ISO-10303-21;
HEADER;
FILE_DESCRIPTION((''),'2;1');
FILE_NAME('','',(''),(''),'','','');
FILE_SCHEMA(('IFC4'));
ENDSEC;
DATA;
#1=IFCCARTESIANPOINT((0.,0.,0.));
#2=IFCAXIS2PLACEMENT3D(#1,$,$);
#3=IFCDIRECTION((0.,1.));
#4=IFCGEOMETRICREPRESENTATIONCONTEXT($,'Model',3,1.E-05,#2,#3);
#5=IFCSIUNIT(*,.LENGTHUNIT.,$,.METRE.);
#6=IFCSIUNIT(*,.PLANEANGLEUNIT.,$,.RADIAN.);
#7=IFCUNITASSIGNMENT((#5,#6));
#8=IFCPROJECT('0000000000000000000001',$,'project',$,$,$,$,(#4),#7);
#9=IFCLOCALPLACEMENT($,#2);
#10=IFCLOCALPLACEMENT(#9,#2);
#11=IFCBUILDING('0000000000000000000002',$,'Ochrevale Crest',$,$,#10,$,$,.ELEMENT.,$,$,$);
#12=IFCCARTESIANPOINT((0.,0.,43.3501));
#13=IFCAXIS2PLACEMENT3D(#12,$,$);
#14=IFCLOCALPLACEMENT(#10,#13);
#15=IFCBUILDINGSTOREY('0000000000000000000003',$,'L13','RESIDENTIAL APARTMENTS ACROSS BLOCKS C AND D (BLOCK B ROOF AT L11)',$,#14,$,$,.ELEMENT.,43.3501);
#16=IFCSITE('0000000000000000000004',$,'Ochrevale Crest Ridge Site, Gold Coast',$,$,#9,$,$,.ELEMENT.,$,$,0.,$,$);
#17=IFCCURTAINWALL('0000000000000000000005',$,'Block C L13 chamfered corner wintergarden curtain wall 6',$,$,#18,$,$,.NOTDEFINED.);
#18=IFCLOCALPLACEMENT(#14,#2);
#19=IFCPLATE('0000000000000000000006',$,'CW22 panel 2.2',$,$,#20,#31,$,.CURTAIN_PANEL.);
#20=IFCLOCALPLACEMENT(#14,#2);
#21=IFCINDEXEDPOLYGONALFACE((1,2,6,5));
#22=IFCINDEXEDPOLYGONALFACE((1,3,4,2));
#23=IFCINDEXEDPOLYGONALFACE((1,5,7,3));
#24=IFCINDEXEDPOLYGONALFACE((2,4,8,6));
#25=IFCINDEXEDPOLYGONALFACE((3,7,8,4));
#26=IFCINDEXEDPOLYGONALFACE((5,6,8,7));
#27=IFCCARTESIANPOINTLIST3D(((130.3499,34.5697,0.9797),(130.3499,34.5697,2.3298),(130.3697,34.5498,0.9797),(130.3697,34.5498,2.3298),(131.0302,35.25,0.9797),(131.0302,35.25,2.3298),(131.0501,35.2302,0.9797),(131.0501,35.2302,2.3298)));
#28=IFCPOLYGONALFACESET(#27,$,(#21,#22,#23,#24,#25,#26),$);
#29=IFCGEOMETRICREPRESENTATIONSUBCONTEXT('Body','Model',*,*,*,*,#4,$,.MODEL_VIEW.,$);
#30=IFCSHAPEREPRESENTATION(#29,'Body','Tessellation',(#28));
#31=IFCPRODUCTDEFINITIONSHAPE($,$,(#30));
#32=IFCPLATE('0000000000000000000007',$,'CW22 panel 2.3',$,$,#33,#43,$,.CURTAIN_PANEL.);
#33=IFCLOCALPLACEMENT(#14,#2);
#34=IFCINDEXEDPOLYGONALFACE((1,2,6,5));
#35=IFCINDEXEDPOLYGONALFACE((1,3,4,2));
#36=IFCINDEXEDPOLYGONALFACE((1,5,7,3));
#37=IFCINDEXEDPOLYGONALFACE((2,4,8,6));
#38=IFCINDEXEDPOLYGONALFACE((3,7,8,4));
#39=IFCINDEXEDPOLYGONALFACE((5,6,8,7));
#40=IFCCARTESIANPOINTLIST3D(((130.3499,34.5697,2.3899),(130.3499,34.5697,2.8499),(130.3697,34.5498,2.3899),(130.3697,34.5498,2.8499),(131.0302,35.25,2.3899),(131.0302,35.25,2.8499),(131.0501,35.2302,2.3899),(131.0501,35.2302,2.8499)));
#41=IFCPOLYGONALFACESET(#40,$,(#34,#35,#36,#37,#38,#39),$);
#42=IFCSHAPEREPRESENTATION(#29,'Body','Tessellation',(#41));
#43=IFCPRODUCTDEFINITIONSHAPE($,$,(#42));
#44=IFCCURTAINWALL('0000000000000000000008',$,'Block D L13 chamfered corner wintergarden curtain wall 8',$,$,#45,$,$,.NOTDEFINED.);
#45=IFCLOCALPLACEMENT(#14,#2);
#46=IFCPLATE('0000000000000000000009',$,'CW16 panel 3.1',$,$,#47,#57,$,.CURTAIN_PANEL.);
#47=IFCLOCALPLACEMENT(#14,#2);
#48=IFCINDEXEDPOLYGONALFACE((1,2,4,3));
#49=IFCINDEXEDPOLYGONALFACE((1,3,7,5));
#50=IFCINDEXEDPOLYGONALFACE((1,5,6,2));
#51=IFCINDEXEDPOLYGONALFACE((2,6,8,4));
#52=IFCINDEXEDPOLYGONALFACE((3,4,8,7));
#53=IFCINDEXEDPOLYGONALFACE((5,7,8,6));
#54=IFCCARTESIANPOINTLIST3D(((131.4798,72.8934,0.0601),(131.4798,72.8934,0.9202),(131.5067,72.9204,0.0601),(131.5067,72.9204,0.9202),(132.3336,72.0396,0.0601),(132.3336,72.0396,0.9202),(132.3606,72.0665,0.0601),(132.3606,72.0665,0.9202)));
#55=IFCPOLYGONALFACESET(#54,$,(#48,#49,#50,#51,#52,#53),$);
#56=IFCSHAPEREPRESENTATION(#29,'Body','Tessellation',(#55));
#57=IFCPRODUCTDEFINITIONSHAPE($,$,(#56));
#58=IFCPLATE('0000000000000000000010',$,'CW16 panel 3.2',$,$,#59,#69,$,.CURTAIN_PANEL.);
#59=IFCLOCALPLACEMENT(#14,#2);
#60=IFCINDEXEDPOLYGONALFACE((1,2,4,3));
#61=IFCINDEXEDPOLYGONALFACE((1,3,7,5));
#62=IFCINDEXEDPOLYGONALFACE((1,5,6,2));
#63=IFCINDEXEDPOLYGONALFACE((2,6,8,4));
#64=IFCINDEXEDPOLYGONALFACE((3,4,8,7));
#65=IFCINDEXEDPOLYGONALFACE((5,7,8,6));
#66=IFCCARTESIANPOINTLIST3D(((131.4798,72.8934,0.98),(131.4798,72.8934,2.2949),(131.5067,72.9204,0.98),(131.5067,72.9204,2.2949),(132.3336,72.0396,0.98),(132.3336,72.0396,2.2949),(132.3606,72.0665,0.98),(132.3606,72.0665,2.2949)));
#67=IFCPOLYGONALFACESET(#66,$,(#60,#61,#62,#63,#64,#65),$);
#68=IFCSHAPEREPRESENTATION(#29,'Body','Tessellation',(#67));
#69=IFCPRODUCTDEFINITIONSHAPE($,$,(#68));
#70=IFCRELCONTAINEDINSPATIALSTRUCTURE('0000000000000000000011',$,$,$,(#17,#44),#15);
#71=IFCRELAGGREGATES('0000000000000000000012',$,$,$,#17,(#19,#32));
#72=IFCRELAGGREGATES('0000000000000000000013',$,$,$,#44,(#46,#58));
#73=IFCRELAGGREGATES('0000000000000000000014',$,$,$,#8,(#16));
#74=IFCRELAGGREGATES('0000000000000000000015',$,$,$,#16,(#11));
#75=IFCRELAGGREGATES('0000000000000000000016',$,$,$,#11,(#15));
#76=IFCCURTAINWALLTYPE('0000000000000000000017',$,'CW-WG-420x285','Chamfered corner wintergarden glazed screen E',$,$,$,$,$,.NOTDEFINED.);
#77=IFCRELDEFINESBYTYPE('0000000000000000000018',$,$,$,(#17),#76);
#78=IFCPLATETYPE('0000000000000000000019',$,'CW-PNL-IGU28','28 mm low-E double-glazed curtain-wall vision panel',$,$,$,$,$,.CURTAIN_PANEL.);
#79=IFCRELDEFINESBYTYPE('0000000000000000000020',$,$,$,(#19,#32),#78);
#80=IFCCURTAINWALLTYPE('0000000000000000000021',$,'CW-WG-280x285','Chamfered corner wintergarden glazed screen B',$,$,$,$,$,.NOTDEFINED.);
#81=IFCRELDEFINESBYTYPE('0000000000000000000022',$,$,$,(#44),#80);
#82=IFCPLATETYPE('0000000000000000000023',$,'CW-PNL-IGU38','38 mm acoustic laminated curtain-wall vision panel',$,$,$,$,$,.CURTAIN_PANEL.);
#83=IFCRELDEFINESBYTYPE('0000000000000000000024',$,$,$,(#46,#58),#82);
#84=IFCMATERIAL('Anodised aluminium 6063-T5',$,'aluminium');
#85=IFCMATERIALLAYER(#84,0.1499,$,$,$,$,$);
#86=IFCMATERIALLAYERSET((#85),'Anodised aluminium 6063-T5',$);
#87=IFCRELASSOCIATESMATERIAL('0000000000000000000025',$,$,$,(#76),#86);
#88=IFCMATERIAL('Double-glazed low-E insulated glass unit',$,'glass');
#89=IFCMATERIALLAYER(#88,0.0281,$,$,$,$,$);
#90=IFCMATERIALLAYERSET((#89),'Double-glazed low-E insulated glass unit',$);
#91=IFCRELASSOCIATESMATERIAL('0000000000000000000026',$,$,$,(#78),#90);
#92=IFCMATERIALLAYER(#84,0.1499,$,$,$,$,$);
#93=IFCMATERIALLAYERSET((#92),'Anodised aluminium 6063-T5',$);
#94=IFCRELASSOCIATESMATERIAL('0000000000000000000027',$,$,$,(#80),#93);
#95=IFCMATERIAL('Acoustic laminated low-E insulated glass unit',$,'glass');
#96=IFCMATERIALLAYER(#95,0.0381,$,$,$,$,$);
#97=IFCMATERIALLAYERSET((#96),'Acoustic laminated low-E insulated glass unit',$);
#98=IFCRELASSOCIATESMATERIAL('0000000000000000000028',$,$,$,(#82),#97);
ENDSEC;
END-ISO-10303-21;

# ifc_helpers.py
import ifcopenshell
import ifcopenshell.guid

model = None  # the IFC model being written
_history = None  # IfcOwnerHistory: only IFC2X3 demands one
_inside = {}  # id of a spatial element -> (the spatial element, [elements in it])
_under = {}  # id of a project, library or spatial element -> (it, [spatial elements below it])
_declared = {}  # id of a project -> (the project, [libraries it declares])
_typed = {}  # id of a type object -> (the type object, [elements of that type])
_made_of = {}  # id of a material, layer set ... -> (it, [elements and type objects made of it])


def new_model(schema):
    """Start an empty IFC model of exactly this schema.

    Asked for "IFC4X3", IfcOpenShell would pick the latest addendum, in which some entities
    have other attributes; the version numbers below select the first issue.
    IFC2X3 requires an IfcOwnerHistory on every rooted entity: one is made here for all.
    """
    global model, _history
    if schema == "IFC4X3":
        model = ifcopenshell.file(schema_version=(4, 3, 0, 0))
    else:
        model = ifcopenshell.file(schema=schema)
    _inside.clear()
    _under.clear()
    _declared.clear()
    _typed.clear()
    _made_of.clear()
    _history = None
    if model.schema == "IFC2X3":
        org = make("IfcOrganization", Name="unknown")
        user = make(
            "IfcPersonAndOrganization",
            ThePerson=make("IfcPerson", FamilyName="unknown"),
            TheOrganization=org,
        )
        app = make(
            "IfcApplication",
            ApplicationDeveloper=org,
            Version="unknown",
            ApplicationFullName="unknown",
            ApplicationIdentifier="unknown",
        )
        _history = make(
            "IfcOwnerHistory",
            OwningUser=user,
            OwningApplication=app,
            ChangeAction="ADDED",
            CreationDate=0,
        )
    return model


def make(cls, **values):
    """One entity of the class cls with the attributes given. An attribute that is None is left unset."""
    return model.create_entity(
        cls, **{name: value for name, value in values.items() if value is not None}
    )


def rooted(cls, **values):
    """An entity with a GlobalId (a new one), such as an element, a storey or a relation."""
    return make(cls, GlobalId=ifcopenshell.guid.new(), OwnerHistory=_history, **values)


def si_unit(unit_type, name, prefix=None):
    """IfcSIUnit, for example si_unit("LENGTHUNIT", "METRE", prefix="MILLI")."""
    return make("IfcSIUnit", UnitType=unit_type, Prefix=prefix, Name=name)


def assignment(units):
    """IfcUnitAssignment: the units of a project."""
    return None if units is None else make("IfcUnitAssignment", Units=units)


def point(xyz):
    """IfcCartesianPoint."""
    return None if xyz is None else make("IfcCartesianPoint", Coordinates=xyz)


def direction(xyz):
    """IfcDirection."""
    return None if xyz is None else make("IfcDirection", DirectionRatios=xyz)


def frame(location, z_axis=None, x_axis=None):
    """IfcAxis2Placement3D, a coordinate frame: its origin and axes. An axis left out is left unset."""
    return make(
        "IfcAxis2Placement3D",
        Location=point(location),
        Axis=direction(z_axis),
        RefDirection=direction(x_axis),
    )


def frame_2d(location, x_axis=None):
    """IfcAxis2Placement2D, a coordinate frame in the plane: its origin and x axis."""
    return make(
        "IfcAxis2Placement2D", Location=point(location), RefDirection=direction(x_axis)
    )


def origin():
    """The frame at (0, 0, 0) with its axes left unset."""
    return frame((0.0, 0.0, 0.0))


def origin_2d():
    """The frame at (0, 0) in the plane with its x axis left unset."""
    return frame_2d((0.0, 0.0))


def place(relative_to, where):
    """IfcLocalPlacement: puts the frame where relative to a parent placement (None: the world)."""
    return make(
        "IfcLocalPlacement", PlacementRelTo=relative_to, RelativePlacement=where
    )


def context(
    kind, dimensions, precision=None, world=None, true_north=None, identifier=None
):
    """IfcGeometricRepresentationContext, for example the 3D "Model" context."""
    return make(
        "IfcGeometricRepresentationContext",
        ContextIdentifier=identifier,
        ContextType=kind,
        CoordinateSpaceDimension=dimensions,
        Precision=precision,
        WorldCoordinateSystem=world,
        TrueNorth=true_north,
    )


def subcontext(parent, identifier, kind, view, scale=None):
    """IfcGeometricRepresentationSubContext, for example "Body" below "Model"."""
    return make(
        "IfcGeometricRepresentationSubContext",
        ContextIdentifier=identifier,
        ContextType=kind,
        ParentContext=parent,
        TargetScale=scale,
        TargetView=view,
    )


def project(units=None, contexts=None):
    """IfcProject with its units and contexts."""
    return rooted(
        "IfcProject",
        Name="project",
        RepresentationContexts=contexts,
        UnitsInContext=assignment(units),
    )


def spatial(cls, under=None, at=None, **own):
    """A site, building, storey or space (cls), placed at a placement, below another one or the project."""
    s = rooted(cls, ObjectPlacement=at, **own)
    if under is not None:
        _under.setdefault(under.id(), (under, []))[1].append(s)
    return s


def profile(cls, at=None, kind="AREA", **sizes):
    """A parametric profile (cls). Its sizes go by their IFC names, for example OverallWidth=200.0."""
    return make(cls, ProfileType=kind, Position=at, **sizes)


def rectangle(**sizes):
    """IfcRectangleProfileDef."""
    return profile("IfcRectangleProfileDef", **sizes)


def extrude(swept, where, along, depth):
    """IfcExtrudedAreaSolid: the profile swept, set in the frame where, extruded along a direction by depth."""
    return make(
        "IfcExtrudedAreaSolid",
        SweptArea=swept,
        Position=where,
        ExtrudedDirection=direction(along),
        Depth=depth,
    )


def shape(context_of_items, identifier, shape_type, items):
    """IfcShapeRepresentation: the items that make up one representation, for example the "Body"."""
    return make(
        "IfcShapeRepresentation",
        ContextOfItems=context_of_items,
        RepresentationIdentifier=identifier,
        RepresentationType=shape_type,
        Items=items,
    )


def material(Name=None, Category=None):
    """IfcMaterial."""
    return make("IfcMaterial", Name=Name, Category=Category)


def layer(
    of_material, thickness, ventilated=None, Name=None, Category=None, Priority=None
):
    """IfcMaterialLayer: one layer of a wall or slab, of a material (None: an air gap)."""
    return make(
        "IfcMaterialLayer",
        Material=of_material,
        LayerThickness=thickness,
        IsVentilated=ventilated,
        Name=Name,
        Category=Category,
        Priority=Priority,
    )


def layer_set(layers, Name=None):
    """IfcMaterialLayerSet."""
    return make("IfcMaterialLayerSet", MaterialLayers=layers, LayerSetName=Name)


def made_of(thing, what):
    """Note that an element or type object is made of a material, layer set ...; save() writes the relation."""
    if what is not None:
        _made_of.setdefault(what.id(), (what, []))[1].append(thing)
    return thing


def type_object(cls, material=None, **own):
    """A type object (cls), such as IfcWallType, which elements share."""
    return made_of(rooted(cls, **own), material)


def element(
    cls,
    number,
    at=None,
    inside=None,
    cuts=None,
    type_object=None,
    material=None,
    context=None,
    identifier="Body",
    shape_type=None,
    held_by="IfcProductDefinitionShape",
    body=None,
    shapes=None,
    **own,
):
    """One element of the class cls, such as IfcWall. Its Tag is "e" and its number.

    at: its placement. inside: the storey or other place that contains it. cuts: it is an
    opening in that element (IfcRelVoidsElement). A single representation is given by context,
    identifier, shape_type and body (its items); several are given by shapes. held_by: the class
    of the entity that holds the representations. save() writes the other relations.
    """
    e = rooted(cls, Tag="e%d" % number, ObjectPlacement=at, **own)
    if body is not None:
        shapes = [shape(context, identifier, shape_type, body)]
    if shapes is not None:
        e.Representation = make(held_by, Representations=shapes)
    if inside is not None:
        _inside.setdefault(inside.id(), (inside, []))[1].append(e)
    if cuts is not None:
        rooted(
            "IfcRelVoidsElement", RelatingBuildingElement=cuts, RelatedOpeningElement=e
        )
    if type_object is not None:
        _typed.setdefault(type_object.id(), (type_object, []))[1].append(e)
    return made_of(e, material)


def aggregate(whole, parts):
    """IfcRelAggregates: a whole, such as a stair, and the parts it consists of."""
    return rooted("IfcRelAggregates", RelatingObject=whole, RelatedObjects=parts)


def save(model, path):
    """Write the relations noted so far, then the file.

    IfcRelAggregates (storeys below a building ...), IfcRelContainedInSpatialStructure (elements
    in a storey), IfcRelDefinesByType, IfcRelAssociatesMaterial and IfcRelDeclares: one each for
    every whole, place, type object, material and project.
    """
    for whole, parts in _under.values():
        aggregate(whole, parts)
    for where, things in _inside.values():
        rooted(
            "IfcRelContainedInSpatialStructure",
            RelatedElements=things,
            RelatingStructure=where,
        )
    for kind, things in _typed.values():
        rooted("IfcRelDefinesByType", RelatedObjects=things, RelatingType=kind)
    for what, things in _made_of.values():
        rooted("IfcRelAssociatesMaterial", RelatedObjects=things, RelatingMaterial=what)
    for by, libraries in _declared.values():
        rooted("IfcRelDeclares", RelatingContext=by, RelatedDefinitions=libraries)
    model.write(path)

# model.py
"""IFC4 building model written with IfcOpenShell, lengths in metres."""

from ifc_helpers import new_model, si_unit, direction, frame, origin, origin_2d, place, context, subcontext, project, spatial, rectangle, extrude, material, layer, layer_set, type_object, element, aggregate, save


model = new_model("IFC4")

# Units and contexts
model_context = context("Model", 3, precision=1e-05, world=origin(), true_north=direction((0.0, 1.0)))
body_context = subcontext(model_context, "Body", "Model", "MODEL_VIEW")
ifc_project = project(units=[si_unit("LENGTHUNIT", "METRE"), si_unit("PLANEANGLEUNIT", "RADIAN")], contexts=[model_context])

# Site, building, storey
site_placement = place(None, origin())
site = spatial("IfcSite", under=ifc_project, at=site_placement, Name="Ochrevale Crest Ridge Site, Gold Coast", CompositionType="ELEMENT", RefElevation=0.0)
building_placement = place(site_placement, origin())
building = spatial("IfcBuilding", under=site, at=building_placement, Name="Ochrevale Crest", CompositionType="ELEMENT")
storey_placement = place(building_placement, frame((0.0, 0.0, 43.3501)))
storey = spatial("IfcBuildingStorey", under=building, at=storey_placement, Name="L13", Description="RESIDENTIAL APARTMENTS ACROSS BLOCKS C AND D (BLOCK B ROOF AT L11)", CompositionType="ELEMENT", Elevation=43.3501)

# Curtain wall, plates
ifc_material_1 = material(Name="Anodised aluminium 6063-T5", Category="aluminium")
ifc_layer_1 = layer(ifc_material_1, 0.1499)
ifc_layer_set_1 = layer_set([ifc_layer_1], Name="Anodised aluminium 6063-T5")
curtain_wall_type_1 = type_object("IfcCurtainWallType", Name="CW-WG-420x285", Description="Chamfered corner wintergarden glazed screen E", PredefinedType="NOTDEFINED", material=ifc_layer_set_1)
curtain_wall_1_placement = place(storey_placement, origin())
curtain_wall_1 = element("IfcCurtainWall", 1, at=curtain_wall_1_placement, inside=storey, type_object=curtain_wall_type_1, Name="Block C L13 chamfered corner wintergarden curtain wall 6", PredefinedType="NOTDEFINED")
ifc_material_2 = material(Name="Double-glazed low-E insulated glass unit", Category="glass")
ifc_layer_2 = layer(ifc_material_2, 0.0281)
ifc_layer_set_2 = layer_set([ifc_layer_2], Name="Double-glazed low-E insulated glass unit")
plate_type_1 = type_object("IfcPlateType", Name="CW-PNL-IGU28", Description="28 mm low-E double-glazed curtain-wall vision panel", PredefinedType="CURTAIN_PANEL", material=ifc_layer_set_2)
plate_1_placement = place(storey_placement, frame((130.7, 34.8999, 0.9797), z_axis=(0.0, 0.0, 1.0), x_axis=(-0.707107, -0.707107, 0.0)))
plate_1 = element("IfcPlate", 2, at=plate_1_placement, type_object=plate_type_1, Name="CW22 panel 2.2", PredefinedType="CURTAIN_PANEL", context=body_context, shape_type="SweptSolid", body=[
    extrude(rectangle(XDim=0.9622, YDim=0.0281, at=origin_2d()), origin(), (0.0, 0.0, 1.0), 1.3501),
])
plate_2_placement = place(storey_placement, frame((130.7, 34.8999, 2.3899), z_axis=(0.0, 0.0, 1.0), x_axis=(-0.707107, -0.707107, 0.0)))
plate_2 = element("IfcPlate", 3, at=plate_2_placement, type_object=plate_type_1, Name="CW22 panel 2.3", PredefinedType="CURTAIN_PANEL", context=body_context, shape_type="SweptSolid", body=[
    extrude(rectangle(XDim=0.9622, YDim=0.0281, at=origin_2d()), origin(), (0.0, 0.0, 1.0), 0.46),
])
aggregate(curtain_wall_1, [plate_1, plate_2])

# Curtain wall, plates
ifc_layer_3 = layer(ifc_material_1, 0.1499)
ifc_layer_set_3 = layer_set([ifc_layer_3], Name="Anodised aluminium 6063-T5")
curtain_wall_type_2 = type_object("IfcCurtainWallType", Name="CW-WG-280x285", Description="Chamfered corner wintergarden glazed screen B", PredefinedType="NOTDEFINED", material=ifc_layer_set_3)
curtain_wall_2_placement = place(storey_placement, origin())
curtain_wall_2 = element("IfcCurtainWall", 4, at=curtain_wall_2_placement, inside=storey, type_object=curtain_wall_type_2, Name="Block D L13 chamfered corner wintergarden curtain wall 8", PredefinedType="NOTDEFINED")
ifc_material_3 = material(Name="Acoustic laminated low-E insulated glass unit", Category="glass")
ifc_layer_4 = layer(ifc_material_3, 0.0381)
ifc_layer_set_4 = layer_set([ifc_layer_4], Name="Acoustic laminated low-E insulated glass unit")
plate_type_2 = type_object("IfcPlateType", Name="CW-PNL-IGU38", Description="38 mm acoustic laminated curtain-wall vision panel", PredefinedType="CURTAIN_PANEL", material=ifc_layer_set_4)
plate_3_placement = place(storey_placement, frame((131.9202, 72.48, 0.0601), z_axis=(0.0, 0.0, 1.0), x_axis=(0.707107, -0.707107, 0.0)))
plate_3 = element("IfcPlate", 5, at=plate_3_placement, type_object=plate_type_2, Name="CW16 panel 3.1", PredefinedType="CURTAIN_PANEL", context=body_context, shape_type="SweptSolid", body=[
    extrude(rectangle(XDim=1.2075, YDim=0.0381, at=origin_2d()), origin(), (0.0, 0.0, 1.0), 0.8601),
])
plate_4_placement = place(storey_placement, frame((131.9202, 72.48, 0.98), z_axis=(0.0, 0.0, 1.0), x_axis=(0.707107, -0.707107, 0.0)))
plate_4 = element("IfcPlate", 6, at=plate_4_placement, type_object=plate_type_2, Name="CW16 panel 3.2", PredefinedType="CURTAIN_PANEL", context=body_context, shape_type="SweptSolid", body=[
    extrude(rectangle(XDim=1.2075, YDim=0.0381, at=origin_2d()), origin(), (0.0, 0.0, 1.0), 1.3149),
])
aggregate(curtain_wall_2, [plate_3, plate_4])

save(model, "model.ifc")
